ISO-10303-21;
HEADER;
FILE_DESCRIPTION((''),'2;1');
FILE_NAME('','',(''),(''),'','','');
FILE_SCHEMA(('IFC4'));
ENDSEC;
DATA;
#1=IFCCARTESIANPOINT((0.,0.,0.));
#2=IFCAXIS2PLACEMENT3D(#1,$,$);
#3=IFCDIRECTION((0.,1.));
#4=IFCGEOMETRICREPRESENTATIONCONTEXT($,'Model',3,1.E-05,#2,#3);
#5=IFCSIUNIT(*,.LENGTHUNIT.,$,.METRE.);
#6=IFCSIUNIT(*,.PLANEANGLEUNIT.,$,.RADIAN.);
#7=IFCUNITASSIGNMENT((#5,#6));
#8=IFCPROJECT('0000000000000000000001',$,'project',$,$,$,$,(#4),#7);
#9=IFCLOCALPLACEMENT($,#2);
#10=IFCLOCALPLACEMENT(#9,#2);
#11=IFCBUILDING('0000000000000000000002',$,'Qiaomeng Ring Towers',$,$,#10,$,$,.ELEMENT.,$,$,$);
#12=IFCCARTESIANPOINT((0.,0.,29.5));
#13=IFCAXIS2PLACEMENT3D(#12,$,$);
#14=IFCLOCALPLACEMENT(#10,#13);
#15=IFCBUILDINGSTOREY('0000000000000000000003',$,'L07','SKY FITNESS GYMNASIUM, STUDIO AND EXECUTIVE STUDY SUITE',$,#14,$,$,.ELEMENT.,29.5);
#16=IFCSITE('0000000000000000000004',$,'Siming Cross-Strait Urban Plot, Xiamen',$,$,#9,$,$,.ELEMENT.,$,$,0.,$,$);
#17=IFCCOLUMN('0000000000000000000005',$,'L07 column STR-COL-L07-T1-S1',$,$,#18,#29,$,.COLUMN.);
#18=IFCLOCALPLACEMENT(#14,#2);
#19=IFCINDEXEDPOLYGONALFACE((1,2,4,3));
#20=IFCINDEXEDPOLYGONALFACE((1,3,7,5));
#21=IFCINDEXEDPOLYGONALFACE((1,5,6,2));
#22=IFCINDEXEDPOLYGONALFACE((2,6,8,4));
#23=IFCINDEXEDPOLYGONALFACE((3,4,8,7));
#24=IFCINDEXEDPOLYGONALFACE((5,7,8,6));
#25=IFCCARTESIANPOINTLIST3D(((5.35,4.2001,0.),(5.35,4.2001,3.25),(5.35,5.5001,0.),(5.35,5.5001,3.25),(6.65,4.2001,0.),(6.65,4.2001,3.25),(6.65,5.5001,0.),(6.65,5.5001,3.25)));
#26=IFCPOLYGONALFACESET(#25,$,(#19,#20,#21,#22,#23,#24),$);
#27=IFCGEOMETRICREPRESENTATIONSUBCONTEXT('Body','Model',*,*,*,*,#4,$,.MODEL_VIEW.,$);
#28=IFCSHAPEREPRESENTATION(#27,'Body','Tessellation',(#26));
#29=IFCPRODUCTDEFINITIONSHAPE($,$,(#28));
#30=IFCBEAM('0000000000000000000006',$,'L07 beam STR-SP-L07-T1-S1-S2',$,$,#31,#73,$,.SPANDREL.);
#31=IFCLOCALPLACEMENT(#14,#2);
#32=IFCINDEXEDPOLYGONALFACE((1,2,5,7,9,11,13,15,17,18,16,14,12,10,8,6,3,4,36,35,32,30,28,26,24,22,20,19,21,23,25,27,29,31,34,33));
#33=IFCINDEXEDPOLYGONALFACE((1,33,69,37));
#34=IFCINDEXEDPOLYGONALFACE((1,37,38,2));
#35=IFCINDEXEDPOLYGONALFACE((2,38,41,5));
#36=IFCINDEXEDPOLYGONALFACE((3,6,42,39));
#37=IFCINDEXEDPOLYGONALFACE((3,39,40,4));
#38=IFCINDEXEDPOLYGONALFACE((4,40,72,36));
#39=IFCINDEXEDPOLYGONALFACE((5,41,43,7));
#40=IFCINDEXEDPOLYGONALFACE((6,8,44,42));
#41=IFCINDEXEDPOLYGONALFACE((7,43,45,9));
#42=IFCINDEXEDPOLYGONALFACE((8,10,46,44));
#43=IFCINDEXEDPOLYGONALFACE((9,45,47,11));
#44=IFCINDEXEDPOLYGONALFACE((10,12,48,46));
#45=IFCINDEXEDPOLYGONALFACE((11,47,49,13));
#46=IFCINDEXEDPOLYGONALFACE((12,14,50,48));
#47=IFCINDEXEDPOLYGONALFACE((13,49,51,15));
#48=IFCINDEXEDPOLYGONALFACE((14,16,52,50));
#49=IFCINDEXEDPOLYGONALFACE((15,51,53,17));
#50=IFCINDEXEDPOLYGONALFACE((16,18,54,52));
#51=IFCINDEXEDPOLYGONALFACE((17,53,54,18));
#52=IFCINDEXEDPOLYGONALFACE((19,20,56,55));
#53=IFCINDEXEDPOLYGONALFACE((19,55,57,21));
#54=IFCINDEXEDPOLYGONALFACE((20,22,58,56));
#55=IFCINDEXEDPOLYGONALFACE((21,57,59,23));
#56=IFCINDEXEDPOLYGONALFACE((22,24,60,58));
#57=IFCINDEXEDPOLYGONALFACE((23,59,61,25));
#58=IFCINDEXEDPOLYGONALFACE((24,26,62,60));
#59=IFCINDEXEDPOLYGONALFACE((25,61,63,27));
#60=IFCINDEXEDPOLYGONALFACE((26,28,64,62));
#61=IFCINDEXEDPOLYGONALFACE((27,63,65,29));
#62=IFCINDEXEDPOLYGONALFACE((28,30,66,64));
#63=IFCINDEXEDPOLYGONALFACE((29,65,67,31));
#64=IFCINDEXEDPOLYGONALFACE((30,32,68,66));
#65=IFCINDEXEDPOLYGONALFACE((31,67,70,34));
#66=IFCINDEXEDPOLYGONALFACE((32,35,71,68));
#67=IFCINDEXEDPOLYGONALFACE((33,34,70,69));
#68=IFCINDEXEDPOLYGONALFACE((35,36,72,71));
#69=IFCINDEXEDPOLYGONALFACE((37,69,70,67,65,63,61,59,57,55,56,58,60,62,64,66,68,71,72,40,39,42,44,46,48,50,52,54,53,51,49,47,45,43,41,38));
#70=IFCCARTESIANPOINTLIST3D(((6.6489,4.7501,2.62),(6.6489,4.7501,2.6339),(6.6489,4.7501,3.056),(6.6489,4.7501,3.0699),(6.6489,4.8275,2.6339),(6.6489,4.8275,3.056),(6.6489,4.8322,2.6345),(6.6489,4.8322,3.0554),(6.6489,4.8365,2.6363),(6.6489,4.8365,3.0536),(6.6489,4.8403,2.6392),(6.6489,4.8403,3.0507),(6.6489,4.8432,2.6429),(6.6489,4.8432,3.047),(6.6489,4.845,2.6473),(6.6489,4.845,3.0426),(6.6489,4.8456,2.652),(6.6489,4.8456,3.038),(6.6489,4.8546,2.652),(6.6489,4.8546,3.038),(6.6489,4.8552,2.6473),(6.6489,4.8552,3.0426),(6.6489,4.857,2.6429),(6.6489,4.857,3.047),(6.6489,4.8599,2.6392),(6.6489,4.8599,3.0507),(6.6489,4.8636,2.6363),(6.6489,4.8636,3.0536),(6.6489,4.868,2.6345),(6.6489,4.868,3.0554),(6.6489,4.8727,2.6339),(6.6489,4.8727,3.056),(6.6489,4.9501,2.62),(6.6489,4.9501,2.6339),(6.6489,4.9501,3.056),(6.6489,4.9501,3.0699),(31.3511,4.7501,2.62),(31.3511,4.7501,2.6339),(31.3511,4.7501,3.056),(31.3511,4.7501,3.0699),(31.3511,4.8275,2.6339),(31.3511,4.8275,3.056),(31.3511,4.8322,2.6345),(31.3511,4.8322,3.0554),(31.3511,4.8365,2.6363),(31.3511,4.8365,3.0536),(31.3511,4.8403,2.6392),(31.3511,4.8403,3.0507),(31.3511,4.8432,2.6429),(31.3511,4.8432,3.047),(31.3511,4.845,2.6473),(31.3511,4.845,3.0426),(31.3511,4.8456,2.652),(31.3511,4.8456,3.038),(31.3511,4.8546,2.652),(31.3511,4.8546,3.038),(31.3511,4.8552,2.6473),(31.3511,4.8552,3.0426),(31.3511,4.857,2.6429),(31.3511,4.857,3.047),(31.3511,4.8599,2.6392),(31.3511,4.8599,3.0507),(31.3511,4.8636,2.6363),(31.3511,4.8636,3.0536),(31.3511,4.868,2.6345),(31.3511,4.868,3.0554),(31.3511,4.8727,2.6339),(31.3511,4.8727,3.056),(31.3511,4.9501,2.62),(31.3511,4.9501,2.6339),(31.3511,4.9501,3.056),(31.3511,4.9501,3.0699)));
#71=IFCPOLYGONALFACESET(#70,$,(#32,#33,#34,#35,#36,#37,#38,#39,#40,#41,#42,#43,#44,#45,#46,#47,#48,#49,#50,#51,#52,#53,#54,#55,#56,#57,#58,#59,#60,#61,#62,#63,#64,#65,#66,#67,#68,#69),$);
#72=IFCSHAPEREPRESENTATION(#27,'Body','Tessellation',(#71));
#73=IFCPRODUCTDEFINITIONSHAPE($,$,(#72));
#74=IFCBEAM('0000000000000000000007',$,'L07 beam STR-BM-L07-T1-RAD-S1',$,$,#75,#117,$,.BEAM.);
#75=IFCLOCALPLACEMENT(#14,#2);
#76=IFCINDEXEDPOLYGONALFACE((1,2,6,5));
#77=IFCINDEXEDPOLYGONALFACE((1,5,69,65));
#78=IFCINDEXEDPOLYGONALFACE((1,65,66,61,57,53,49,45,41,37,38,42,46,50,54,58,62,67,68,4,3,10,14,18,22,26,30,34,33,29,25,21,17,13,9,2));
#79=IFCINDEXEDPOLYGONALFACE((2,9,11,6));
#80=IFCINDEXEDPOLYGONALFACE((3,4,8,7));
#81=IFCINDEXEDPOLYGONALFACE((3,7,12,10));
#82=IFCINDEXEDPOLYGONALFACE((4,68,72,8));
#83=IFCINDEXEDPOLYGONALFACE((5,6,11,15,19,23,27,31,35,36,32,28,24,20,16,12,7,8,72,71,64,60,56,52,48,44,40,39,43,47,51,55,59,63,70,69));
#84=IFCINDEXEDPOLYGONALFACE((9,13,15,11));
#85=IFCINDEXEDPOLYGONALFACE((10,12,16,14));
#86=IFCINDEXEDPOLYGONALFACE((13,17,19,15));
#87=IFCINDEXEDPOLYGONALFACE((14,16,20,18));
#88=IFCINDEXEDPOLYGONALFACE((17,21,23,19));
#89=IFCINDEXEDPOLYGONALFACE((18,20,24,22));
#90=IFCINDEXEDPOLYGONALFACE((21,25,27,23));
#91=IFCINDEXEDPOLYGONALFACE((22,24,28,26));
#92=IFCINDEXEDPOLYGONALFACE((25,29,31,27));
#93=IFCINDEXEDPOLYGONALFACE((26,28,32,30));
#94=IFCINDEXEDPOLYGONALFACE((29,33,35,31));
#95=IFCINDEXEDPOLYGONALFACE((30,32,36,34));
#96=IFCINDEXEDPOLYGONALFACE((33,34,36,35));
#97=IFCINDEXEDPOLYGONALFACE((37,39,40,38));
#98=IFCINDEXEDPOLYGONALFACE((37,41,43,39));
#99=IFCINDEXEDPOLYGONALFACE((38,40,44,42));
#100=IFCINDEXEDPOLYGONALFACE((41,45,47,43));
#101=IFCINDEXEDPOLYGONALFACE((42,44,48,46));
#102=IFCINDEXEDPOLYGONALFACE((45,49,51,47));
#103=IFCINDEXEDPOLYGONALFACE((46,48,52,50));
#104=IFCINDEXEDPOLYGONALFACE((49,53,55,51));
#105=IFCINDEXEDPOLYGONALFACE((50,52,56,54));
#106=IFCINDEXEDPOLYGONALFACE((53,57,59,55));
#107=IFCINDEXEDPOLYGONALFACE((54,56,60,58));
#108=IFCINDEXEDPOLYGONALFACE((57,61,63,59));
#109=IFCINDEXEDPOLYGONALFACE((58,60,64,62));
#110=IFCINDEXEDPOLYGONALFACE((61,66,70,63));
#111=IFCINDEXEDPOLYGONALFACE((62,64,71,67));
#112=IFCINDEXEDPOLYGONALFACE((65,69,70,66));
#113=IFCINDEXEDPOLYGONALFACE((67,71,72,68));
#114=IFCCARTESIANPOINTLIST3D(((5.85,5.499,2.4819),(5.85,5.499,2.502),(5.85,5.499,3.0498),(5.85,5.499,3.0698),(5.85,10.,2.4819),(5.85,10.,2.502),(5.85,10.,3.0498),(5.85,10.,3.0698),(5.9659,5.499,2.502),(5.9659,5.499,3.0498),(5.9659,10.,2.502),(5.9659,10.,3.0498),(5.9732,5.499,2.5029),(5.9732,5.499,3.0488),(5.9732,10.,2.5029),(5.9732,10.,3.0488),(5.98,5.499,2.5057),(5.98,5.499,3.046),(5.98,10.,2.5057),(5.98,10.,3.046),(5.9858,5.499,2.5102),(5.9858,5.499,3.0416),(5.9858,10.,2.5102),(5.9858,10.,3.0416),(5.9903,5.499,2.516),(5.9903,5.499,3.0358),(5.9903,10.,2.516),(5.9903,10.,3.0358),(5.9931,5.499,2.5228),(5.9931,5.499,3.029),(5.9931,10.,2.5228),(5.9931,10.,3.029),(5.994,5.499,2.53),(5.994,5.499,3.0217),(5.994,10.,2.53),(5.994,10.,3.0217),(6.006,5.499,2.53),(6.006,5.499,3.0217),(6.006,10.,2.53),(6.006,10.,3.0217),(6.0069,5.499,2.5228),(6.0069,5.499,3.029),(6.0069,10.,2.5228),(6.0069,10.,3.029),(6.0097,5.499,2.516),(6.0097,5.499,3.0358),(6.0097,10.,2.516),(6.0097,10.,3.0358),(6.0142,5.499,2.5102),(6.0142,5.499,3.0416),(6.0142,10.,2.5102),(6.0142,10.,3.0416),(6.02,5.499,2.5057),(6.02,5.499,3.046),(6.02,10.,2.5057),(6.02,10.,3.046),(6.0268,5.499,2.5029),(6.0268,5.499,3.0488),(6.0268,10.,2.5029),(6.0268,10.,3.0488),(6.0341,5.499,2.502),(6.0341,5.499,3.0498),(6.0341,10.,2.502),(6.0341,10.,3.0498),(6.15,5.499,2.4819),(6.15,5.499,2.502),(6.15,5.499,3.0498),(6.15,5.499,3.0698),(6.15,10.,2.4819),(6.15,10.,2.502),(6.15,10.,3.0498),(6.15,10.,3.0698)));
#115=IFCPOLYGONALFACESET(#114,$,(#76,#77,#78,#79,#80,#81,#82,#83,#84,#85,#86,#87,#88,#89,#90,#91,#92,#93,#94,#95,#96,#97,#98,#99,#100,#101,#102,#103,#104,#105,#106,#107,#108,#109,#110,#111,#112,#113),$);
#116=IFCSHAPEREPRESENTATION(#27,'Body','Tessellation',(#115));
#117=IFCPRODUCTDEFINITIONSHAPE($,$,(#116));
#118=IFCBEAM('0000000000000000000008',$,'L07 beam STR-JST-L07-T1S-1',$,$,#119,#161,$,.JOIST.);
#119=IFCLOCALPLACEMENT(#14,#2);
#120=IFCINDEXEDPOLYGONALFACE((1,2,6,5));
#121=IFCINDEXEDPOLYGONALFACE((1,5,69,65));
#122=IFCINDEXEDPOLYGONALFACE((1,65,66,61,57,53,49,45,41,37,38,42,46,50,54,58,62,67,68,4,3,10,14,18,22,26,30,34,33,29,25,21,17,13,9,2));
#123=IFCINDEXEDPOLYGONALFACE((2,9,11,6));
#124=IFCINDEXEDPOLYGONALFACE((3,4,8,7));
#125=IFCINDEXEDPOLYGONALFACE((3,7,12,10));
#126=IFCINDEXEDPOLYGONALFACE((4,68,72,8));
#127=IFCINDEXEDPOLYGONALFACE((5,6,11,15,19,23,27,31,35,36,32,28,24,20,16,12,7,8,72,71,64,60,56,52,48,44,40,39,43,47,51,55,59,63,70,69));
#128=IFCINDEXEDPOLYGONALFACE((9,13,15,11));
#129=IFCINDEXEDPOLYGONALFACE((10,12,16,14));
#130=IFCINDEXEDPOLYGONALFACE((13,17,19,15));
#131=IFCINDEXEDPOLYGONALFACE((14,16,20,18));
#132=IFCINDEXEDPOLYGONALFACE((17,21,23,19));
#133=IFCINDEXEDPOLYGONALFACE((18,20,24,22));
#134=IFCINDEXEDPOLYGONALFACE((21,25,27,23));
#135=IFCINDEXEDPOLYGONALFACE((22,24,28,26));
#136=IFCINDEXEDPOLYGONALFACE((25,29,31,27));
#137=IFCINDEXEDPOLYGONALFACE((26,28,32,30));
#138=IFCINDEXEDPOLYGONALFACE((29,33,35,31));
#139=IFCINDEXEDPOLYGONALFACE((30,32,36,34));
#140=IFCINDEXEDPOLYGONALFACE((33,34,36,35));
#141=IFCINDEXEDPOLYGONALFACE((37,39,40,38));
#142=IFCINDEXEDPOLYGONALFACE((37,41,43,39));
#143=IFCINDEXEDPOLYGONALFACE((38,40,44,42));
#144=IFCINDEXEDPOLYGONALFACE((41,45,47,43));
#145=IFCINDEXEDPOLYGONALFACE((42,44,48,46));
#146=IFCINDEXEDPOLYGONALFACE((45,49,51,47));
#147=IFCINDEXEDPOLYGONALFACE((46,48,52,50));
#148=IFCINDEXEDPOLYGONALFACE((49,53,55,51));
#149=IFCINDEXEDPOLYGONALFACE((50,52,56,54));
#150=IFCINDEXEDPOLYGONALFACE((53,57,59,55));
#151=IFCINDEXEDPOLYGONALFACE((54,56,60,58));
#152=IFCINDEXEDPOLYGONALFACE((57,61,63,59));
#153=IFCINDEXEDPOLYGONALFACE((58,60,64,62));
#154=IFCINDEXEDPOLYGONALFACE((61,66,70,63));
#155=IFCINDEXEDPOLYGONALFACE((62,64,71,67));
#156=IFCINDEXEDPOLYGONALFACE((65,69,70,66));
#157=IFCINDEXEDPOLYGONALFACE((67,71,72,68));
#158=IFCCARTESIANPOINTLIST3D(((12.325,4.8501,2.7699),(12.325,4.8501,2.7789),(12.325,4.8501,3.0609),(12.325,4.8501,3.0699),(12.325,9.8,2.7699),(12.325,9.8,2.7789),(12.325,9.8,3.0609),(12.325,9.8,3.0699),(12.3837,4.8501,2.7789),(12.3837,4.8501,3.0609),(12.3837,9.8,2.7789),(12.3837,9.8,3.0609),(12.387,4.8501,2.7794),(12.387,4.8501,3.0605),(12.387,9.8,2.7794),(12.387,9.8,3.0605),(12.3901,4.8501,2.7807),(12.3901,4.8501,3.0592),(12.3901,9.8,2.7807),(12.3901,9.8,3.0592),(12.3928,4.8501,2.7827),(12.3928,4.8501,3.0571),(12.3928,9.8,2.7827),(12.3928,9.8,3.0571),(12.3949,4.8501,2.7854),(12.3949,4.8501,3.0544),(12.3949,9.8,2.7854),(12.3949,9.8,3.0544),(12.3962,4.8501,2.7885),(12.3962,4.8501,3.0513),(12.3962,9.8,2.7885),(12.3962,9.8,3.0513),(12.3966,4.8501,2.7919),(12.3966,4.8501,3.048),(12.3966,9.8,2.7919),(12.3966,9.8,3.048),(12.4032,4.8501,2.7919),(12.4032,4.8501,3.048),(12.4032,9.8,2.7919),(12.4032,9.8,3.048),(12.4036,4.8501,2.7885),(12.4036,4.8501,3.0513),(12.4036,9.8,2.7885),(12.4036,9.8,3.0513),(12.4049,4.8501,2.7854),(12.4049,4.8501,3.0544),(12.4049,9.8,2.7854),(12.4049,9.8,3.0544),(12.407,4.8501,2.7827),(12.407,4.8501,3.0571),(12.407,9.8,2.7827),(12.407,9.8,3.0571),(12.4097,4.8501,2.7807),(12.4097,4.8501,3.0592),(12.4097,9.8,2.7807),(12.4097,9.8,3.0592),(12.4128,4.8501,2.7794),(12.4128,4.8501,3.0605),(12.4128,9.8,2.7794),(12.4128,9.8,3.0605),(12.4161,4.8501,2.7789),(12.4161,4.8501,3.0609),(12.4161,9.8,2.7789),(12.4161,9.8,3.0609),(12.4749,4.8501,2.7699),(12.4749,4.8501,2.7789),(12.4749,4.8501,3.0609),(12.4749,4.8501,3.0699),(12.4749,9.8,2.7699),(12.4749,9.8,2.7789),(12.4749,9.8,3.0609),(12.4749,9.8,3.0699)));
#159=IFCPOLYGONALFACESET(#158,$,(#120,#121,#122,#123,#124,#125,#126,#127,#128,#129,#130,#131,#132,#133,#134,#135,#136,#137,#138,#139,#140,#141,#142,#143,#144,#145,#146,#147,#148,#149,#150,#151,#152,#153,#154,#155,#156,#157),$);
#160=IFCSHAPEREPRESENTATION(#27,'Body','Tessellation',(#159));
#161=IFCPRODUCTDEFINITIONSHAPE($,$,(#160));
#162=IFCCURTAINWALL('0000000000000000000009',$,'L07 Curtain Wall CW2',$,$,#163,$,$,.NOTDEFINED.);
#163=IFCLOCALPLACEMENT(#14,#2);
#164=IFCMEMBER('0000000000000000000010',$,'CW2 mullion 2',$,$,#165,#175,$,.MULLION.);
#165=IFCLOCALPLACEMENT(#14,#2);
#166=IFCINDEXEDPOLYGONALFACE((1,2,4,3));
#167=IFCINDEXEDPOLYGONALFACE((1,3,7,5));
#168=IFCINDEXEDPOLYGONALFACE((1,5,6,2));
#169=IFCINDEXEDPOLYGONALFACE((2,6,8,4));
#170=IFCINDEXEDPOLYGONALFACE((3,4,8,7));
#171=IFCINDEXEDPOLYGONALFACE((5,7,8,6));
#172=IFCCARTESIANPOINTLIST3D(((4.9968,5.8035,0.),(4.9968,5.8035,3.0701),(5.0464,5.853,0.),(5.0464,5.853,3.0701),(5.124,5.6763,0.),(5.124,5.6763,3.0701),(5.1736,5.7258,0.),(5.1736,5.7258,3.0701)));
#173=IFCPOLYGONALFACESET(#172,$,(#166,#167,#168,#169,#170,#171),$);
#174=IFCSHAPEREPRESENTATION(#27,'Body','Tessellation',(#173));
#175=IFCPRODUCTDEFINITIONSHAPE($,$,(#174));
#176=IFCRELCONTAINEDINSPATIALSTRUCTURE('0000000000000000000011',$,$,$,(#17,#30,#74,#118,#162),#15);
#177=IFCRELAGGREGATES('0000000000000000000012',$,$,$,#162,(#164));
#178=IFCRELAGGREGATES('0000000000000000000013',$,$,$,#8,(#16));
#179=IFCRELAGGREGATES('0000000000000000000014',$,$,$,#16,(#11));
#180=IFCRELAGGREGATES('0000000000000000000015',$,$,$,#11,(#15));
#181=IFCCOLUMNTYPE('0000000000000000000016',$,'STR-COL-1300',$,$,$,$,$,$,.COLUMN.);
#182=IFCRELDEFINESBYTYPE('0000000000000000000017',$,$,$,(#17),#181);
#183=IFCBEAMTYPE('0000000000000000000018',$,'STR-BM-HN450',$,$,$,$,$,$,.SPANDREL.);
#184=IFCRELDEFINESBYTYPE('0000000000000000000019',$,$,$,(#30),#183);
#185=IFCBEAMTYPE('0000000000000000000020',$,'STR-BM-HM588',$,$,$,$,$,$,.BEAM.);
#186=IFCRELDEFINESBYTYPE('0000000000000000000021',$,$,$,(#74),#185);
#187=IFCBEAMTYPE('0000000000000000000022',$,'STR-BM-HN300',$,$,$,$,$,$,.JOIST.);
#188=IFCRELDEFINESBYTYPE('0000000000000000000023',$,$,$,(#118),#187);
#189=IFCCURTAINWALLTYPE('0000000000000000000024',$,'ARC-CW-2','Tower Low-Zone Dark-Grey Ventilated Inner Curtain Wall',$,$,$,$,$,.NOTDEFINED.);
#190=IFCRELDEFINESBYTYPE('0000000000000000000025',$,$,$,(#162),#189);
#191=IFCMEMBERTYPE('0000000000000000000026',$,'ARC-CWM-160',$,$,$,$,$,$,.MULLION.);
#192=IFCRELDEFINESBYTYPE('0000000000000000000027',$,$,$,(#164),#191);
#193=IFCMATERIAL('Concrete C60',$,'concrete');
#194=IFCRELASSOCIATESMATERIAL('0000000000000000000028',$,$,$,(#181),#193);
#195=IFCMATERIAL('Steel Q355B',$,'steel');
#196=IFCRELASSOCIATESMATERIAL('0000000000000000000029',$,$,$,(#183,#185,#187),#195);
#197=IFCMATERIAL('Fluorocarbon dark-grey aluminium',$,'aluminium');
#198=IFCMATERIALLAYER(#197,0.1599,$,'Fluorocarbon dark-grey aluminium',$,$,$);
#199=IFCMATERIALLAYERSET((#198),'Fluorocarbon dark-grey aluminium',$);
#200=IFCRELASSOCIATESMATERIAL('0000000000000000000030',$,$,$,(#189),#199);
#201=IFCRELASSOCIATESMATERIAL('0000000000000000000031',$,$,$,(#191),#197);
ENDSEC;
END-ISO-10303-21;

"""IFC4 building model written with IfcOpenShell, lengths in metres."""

from ifc_helpers import new_model, si_unit, direction, frame, origin, origin_2d, place, context, subcontext, project, spatial, rectangle, i_section, extrude, source, transform, mapped, material, layer, layer_set, material_profile, profile_set, type_object, element, aggregate, save


model = new_model("IFC4")

# Units and contexts
model_context = context("Model", 3, precision=1e-05, world=origin(), true_north=direction((0.0, 1.0)))
body_context = subcontext(model_context, "Body", "Model", "MODEL_VIEW")
ifc_project = project(units=[si_unit("LENGTHUNIT", "METRE"), si_unit("PLANEANGLEUNIT", "RADIAN")], contexts=[model_context])

# Site, building, storey
site_placement = place(None, origin())
site = spatial("IfcSite", under=ifc_project, at=site_placement, Name="Siming Cross-Strait Urban Plot, Xiamen", CompositionType="ELEMENT", RefElevation=0.0)
building_placement = place(site_placement, origin())
building = spatial("IfcBuilding", under=site, at=building_placement, Name="Qiaomeng Ring Towers", CompositionType="ELEMENT")
storey_placement = place(building_placement, frame((0.0, 0.0, 29.5)))
storey = spatial("IfcBuildingStorey", under=building, at=storey_placement, Name="L07", Description="SKY FITNESS GYMNASIUM, STUDIO AND EXECUTIVE STUDY SUITE", CompositionType="ELEMENT", Elevation=29.5)

# Column
ifc_material_1 = material(Name="Concrete C60", Category="concrete")
ifc_material_profile_1 = material_profile(ifc_material_1, rectangle(XDim=1.3, YDim=1.3, at=origin_2d()), Name="RC COL 1300x1300")
ifc_profile_set_1 = profile_set([ifc_material_profile_1], Name="Concrete C60")
column_type = type_object("IfcColumnType", Name="STR-COL-1300", PredefinedType="COLUMN", material=ifc_profile_set_1)
shared_shape_1 = source(origin(), body_context, "Body", "SweptSolid", [
    extrude(rectangle(XDim=1.3, YDim=1.3, at=origin_2d()), origin(), (0.0, 0.0, 1.0), 3.25),
])
column_placement = place(storey_placement, frame((6.0, 4.8501, 0.0), z_axis=(0.0, 0.0, 1.0), x_axis=(1.0, 0.0, 0.0)))
element("IfcColumn", 1, at=column_placement, inside=storey, type_object=column_type, Name="L07 column STR-COL-L07-T1-S1", PredefinedType="COLUMN", context=body_context, shape_type="MappedRepresentation", body=[
    mapped(shared_shape_1, transform((0.0, 0.0, 0.0), x_axis=(1.0, 0.0, 0.0), y_axis=(0.0, 1.0, 0.0), z_axis=(0.0, 0.0, 1.0), scale=1.0)),
])

# Beams
ifc_material_2 = material(Name="Steel Q355B", Category="steel")
ifc_material_profile_2 = material_profile(ifc_material_2, i_section(OverallWidth=0.2, OverallDepth=0.45, WebThickness=0.009, FlangeThickness=0.0139, FilletRadius=0.0181, at=origin_2d()), Name="HN 450x200x9x14")
ifc_profile_set_2 = profile_set([ifc_material_profile_2], Name="Steel Q355B")
beam_type_1 = type_object("IfcBeamType", Name="STR-BM-HN450", PredefinedType="SPANDREL", material=ifc_profile_set_2)
shared_shape_2 = source(origin(), body_context, "Body", "SweptSolid", [
    extrude(i_section(OverallWidth=0.2, OverallDepth=0.45, WebThickness=0.009, FlangeThickness=0.0139, FilletRadius=0.0181, at=origin_2d()), origin(), (0.0, 0.0, 1.0), 24.7021),
])
beam_1_placement = place(storey_placement, frame((6.6489, 4.8501, 2.845), z_axis=(1.0, 0.0, 0.0), x_axis=(0.0, 1.0, 0.0)))
element("IfcBeam", 2, at=beam_1_placement, inside=storey, type_object=beam_type_1, Name="L07 beam STR-SP-L07-T1-S1-S2", PredefinedType="SPANDREL", context=body_context, shape_type="MappedRepresentation", body=[
    mapped(shared_shape_2, transform((0.0, 0.0, 0.0), x_axis=(1.0, 0.0, 0.0), y_axis=(0.0, 1.0, 0.0), z_axis=(0.0, 0.0, 1.0), scale=1.0)),
])
ifc_material_profile_3 = material_profile(ifc_material_2, i_section(OverallWidth=0.3, OverallDepth=0.5879, WebThickness=0.012, FlangeThickness=0.02, FilletRadius=0.0281, at=origin_2d()), Name="HM 588x300x12x20")
ifc_profile_set_3 = profile_set([ifc_material_profile_3], Name="Steel Q355B")
beam_type_2 = type_object("IfcBeamType", Name="STR-BM-HM588", PredefinedType="BEAM", material=ifc_profile_set_3)
shared_shape_3 = source(origin(), body_context, "Body", "SweptSolid", [
    extrude(i_section(OverallWidth=0.3, OverallDepth=0.5879, WebThickness=0.012, FlangeThickness=0.02, FilletRadius=0.0281, at=origin_2d()), origin(), (0.0, 0.0, 1.0), 4.501),
])
beam_2_placement = place(storey_placement, frame((6.0, 5.499, 2.7759), z_axis=(0.0, 1.0, 0.0), x_axis=(-1.0, 0.0, 0.0)))
element("IfcBeam", 3, at=beam_2_placement, inside=storey, type_object=beam_type_2, Name="L07 beam STR-BM-L07-T1-RAD-S1", PredefinedType="BEAM", context=body_context, shape_type="MappedRepresentation", body=[
    mapped(shared_shape_3, transform((0.0, 0.0, 0.0), x_axis=(1.0, 0.0, 0.0), y_axis=(0.0, 1.0, 0.0), z_axis=(0.0, 0.0, 1.0), scale=1.0)),
])
ifc_material_profile_4 = material_profile(ifc_material_2, i_section(OverallWidth=0.1499, OverallDepth=0.3, WebThickness=0.0066, FlangeThickness=0.009, FilletRadius=0.0129, at=origin_2d()), Name="HN 300x150x6.5x9")
ifc_profile_set_4 = profile_set([ifc_material_profile_4], Name="Steel Q355B")
beam_type_3 = type_object("IfcBeamType", Name="STR-BM-HN300", PredefinedType="JOIST", material=ifc_profile_set_4)
shared_shape_4 = source(origin(), body_context, "Body", "SweptSolid", [
    extrude(i_section(OverallWidth=0.1499, OverallDepth=0.3, WebThickness=0.0066, FlangeThickness=0.009, FilletRadius=0.0129, at=origin_2d()), origin(), (0.0, 0.0, 1.0), 4.95),
])
beam_3_placement = place(storey_placement, frame((12.3999, 4.8501, 2.9199), z_axis=(0.0, 1.0, 0.0), x_axis=(-1.0, 0.0, 0.0)))
element("IfcBeam", 4, at=beam_3_placement, inside=storey, type_object=beam_type_3, Name="L07 beam STR-JST-L07-T1S-1", PredefinedType="JOIST", context=body_context, shape_type="MappedRepresentation", body=[
    mapped(shared_shape_4, transform((0.0, 0.0, 0.0), x_axis=(1.0, 0.0, 0.0), y_axis=(0.0, 1.0, 0.0), z_axis=(0.0, 0.0, 1.0), scale=1.0)),
])

# Curtain wall, member
ifc_material_3 = material(Name="Fluorocarbon dark-grey aluminium", Category="aluminium")
ifc_layer_1 = layer(ifc_material_3, 0.1599, Name="Fluorocarbon dark-grey aluminium")
ifc_layer_set_1 = layer_set([ifc_layer_1], Name="Fluorocarbon dark-grey aluminium")
curtain_wall_type = type_object("IfcCurtainWallType", Name="ARC-CW-2", Description="Tower Low-Zone Dark-Grey Ventilated Inner Curtain Wall", PredefinedType="NOTDEFINED", material=ifc_layer_set_1)
curtain_wall_placement = place(storey_placement, origin())
curtain_wall = element("IfcCurtainWall", 5, at=curtain_wall_placement, inside=storey, type_object=curtain_wall_type, Name="L07 Curtain Wall CW2", PredefinedType="NOTDEFINED")
ifc_material_profile_5 = material_profile(ifc_material_3, rectangle(XDim=0.0701, YDim=0.1799, at=origin_2d()), Name="ALU MULL 70x180")
ifc_profile_set_5 = profile_set([ifc_material_profile_5], Name="Fluorocarbon dark-grey aluminium")
member_type_1 = type_object("IfcMemberType", Name="ARC-CWM-160", PredefinedType="MULLION", material=ifc_profile_set_5)
shared_shape_5 = source(origin(), body_context, "Body", "SweptSolid", [
    extrude(rectangle(XDim=0.0701, YDim=0.1799, at=origin_2d()), origin(), (0.0, 0.0, 1.0), 3.0701),
])
member_1_placement = place(storey_placement, frame((5.0852, 5.7646, 0.0), z_axis=(0.0, 0.0, 1.0), x_axis=(0.707107, 0.707107, 0.0)))
member_1 = element("IfcMember", 6, at=member_1_placement, type_object=member_type_1, Name="CW2 mullion 2", PredefinedType="MULLION", context=body_context, shape_type="MappedRepresentation", body=[
    mapped(shared_shape_5, transform((0.0, 0.0, 0.0), x_axis=(1.0, 0.0, 0.0), y_axis=(0.0, 1.0, 0.0), z_axis=(0.0, 0.0, 1.0), scale=1.0)),
])
aggregate(curtain_wall, [member_1])

save(model, "model.ifc")
